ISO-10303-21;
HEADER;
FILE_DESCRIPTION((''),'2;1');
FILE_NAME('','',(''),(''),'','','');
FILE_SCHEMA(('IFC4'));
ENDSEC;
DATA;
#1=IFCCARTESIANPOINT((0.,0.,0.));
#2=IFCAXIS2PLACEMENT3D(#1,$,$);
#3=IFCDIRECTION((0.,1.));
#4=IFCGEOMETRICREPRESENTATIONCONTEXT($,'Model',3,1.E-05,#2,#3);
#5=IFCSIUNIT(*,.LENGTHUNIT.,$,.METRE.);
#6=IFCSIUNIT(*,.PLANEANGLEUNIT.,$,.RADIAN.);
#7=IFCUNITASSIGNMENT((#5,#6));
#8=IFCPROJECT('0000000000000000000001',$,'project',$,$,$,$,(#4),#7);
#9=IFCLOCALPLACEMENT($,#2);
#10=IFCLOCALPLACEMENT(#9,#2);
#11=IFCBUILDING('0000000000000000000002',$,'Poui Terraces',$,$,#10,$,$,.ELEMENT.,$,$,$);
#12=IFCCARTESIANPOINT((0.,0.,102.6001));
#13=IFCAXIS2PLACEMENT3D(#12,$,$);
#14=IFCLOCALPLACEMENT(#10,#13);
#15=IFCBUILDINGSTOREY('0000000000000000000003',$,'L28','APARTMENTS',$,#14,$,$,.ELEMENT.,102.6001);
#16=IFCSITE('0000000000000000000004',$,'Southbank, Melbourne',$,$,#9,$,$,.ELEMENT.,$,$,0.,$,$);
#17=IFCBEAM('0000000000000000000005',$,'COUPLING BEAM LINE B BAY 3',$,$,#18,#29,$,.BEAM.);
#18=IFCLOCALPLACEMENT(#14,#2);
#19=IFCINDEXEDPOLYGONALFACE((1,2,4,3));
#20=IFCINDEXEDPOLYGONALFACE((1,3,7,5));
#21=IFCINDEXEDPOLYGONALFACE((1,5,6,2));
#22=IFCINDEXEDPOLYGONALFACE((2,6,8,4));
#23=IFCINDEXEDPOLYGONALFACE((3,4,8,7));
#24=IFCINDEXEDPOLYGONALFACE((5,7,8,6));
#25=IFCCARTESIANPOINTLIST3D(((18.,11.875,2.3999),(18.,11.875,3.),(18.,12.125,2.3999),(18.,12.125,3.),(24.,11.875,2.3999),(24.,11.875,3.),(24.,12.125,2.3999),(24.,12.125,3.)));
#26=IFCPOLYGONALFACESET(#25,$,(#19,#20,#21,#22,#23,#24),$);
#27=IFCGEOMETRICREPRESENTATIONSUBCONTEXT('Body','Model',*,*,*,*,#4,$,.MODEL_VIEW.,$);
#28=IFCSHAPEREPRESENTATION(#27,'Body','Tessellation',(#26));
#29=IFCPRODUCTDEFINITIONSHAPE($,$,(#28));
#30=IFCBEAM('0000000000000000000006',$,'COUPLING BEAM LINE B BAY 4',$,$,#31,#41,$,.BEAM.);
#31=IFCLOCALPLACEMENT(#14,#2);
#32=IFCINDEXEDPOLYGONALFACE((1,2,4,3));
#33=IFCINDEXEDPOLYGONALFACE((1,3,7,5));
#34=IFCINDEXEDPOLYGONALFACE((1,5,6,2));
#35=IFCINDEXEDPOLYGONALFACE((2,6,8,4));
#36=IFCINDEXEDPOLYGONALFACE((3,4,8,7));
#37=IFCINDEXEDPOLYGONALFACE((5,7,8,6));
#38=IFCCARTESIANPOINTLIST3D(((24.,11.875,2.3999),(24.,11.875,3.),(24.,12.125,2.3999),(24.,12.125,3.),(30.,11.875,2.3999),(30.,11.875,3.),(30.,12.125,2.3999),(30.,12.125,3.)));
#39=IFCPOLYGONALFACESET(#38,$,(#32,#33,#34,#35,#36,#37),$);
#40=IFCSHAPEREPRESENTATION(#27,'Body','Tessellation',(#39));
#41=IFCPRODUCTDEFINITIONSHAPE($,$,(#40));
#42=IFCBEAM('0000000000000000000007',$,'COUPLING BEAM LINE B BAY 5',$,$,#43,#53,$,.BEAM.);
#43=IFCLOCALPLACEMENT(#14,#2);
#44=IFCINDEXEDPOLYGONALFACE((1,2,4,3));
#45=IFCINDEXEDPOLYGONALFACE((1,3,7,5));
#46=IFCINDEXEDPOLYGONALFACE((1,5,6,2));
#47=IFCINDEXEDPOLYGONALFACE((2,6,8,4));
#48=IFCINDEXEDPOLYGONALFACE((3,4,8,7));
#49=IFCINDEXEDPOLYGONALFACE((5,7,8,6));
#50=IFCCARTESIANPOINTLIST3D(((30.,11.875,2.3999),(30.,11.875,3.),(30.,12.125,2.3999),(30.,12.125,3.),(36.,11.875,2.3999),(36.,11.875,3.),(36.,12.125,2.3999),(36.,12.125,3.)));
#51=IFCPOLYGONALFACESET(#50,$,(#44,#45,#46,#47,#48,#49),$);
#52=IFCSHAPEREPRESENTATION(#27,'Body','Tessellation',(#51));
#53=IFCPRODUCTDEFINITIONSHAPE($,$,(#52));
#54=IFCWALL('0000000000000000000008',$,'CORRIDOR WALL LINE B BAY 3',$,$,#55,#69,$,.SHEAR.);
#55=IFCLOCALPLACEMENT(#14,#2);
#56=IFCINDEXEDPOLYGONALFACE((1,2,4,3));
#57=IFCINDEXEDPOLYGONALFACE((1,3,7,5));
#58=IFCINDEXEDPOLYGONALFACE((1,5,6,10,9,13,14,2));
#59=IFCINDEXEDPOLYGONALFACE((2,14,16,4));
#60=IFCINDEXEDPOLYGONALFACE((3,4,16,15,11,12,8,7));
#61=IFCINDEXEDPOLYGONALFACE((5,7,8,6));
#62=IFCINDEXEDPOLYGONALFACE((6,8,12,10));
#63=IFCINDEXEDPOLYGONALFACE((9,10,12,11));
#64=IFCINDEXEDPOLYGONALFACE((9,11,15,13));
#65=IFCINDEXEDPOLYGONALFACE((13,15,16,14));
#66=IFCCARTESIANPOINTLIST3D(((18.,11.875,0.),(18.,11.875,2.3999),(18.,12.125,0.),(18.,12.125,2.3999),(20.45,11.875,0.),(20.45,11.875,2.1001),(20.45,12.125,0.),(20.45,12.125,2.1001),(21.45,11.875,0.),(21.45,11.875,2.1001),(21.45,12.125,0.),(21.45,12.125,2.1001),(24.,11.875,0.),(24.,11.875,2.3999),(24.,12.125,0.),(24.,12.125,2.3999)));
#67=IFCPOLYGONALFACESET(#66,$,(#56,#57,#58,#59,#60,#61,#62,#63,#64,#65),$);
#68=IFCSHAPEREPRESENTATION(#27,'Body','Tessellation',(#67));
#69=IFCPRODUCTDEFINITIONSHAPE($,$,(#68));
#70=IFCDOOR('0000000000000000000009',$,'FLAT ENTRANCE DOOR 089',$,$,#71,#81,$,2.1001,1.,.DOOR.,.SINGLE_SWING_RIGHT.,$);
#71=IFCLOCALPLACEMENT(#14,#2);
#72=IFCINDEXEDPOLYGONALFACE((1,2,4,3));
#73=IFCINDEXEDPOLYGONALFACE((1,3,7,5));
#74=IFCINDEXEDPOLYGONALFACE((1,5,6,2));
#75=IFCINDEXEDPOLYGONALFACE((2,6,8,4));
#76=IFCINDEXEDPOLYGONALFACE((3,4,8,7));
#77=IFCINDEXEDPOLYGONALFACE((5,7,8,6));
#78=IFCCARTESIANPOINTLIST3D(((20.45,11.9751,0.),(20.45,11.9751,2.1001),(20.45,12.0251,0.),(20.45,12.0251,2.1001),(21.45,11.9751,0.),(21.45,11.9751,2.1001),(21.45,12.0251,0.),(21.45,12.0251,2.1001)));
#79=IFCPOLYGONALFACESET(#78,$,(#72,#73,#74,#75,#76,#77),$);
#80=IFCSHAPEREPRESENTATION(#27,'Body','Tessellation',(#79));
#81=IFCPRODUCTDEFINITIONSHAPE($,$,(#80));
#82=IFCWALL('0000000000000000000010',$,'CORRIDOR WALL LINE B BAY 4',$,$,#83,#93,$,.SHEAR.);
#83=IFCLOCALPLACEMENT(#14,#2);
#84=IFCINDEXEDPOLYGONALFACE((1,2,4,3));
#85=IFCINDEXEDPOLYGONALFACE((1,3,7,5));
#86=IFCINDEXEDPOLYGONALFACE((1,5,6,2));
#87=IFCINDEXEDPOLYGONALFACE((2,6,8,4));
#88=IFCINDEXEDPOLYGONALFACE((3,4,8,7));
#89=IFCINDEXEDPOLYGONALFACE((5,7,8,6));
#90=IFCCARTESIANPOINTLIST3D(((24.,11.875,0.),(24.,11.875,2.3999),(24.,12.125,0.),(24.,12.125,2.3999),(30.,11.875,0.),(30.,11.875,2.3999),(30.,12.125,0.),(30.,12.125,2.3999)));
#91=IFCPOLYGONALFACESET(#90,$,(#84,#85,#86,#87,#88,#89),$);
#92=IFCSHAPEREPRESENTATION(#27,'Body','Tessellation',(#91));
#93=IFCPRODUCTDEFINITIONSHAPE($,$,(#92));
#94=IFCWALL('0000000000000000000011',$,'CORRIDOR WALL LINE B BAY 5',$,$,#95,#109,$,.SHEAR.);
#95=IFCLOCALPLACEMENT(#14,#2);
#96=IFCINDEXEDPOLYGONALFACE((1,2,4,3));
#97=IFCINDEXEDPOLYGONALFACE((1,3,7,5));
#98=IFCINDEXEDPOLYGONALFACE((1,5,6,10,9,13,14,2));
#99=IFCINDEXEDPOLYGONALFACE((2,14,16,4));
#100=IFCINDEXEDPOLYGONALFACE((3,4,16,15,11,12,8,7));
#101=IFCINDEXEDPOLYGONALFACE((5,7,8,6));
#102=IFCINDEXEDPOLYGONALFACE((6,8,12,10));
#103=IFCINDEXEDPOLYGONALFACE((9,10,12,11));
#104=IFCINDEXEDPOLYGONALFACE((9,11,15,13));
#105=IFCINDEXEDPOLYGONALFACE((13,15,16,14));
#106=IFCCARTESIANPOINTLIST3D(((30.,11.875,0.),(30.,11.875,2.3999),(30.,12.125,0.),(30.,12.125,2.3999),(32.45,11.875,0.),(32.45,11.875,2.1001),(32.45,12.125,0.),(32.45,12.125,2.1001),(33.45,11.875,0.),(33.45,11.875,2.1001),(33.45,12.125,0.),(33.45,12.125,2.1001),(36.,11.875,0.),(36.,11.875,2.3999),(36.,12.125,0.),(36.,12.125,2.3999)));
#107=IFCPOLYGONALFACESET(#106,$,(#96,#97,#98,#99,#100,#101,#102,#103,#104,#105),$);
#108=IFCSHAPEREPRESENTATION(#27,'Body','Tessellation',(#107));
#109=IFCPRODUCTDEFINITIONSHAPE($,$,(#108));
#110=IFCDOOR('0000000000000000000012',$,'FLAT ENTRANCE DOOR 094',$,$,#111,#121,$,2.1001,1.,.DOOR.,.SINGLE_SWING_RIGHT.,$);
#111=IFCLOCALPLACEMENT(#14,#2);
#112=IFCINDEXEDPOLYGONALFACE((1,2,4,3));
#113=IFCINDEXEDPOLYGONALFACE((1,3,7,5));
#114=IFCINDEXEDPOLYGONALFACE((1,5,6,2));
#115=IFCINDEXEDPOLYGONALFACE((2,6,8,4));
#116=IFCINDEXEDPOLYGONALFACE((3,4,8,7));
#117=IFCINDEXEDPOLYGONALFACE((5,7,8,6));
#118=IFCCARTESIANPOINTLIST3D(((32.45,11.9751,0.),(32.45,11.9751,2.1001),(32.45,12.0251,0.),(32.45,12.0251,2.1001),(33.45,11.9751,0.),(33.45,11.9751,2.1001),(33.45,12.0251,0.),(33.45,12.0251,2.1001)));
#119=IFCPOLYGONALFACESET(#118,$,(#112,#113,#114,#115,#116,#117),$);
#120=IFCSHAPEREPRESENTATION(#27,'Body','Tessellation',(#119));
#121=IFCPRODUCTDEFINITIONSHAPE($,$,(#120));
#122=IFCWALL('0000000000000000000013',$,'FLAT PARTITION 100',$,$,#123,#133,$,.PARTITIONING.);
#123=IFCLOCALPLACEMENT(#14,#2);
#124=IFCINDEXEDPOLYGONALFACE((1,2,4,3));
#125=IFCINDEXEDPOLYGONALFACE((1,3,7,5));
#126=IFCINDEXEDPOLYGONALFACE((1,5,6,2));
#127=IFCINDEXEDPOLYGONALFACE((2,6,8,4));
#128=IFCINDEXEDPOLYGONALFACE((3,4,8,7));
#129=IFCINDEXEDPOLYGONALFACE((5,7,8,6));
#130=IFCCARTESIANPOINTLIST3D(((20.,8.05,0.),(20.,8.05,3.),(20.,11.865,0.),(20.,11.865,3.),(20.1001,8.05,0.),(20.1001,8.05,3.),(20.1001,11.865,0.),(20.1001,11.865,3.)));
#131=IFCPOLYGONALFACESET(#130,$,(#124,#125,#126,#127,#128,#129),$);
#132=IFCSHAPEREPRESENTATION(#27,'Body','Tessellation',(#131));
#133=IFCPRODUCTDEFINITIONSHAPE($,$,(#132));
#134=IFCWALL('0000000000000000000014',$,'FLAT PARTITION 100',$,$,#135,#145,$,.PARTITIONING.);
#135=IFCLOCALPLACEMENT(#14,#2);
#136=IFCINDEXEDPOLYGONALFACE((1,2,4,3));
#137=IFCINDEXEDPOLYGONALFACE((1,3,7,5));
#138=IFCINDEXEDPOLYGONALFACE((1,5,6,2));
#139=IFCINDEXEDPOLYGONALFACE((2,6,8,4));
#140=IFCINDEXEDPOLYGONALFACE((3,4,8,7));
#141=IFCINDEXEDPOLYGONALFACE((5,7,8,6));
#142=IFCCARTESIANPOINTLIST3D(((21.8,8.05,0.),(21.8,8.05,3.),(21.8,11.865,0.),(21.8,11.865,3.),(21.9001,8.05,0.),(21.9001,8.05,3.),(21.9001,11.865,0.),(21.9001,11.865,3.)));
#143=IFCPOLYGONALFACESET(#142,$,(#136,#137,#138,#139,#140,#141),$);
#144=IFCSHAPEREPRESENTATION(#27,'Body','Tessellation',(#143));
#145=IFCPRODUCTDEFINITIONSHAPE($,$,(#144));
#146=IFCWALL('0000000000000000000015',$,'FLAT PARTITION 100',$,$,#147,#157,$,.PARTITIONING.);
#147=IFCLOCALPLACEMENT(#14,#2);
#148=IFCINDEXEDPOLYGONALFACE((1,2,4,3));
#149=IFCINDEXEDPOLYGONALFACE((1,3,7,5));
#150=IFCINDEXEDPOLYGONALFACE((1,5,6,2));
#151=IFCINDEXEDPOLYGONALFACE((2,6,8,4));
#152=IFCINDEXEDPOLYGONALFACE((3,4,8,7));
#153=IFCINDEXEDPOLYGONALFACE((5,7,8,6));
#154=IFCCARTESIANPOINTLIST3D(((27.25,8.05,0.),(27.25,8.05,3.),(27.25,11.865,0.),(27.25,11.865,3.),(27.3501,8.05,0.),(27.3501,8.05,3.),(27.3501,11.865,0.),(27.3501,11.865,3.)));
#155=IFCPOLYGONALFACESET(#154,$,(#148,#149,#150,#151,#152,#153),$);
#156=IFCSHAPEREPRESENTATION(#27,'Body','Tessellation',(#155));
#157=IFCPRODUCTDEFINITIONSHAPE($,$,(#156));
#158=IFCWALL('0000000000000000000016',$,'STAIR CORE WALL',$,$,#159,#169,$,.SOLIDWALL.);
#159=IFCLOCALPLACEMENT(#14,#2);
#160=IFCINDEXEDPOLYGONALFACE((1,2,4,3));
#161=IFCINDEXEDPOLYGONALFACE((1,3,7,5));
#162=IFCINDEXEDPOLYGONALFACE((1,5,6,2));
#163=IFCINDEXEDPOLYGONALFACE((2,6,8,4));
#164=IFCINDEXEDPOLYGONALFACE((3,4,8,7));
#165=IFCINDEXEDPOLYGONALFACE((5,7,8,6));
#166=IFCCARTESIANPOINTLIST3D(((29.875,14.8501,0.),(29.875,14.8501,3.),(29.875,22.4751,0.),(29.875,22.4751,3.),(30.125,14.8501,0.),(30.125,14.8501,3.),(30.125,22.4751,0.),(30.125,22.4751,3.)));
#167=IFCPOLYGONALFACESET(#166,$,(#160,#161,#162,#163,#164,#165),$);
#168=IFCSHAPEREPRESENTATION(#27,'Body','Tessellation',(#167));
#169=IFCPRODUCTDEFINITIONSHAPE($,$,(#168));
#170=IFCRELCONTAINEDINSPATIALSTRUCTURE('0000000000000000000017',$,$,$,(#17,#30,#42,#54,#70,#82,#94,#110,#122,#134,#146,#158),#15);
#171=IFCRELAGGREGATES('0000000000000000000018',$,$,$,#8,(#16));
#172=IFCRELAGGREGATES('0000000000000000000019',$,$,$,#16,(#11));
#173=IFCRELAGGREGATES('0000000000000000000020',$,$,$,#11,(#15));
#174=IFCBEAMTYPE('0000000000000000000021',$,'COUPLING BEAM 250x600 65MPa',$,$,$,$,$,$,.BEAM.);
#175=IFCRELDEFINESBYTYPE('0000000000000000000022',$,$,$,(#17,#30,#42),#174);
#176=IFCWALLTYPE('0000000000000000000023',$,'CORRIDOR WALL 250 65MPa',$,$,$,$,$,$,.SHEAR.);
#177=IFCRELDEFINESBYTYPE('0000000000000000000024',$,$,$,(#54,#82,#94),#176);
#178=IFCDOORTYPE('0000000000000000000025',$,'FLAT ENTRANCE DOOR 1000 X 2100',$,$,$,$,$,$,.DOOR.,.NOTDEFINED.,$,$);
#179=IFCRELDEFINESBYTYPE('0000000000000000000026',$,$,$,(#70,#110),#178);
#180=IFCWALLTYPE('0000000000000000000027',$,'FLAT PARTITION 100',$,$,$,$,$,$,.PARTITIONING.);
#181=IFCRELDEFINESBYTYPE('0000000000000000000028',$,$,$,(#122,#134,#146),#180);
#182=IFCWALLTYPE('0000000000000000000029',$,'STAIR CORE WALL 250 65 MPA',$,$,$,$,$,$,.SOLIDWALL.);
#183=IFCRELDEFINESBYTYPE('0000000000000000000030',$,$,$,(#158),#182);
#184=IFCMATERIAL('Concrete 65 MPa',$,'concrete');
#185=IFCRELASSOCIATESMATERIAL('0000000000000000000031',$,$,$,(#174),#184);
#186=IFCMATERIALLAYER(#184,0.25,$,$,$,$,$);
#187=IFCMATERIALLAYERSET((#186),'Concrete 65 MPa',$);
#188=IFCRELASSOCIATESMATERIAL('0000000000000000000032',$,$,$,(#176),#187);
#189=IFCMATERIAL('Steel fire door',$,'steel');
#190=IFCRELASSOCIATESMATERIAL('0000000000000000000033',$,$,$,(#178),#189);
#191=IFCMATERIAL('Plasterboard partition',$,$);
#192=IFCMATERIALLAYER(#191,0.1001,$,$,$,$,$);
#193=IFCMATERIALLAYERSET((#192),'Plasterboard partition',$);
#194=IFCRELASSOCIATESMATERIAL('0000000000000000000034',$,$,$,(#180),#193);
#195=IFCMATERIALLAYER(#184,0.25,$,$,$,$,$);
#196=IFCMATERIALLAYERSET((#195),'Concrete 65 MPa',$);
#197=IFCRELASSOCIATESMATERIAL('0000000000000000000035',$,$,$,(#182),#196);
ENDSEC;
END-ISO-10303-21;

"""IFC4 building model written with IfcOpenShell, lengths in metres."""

from ifc_helpers import new_model, si_unit, direction, frame, frame_2d, origin, origin_2d, place, context, subcontext, project, spatial, rectangle, extrude, source, transform, mapped, material, layer, layer_set, material_profile, profile_set, type_object, element, fill, save


model = new_model("IFC4")

# Units and contexts
model_context = context("Model", 3, precision=1e-05, world=origin(), true_north=direction((0.0, 1.0)))
body_context = subcontext(model_context, "Body", "Model", "MODEL_VIEW")
ifc_project = project(units=[si_unit("LENGTHUNIT", "METRE"), si_unit("PLANEANGLEUNIT", "RADIAN")], contexts=[model_context])

# Site, building, storey
site_placement = place(None, origin())
site = spatial("IfcSite", under=ifc_project, at=site_placement, Name="Southbank, Melbourne", CompositionType="ELEMENT", RefElevation=0.0)
building_placement = place(site_placement, origin())
building = spatial("IfcBuilding", under=site, at=building_placement, Name="Poui Terraces", CompositionType="ELEMENT")
storey_placement = place(building_placement, frame((0.0, 0.0, 102.6001)))
storey = spatial("IfcBuildingStorey", under=building, at=storey_placement, Name="L28", Description="APARTMENTS", CompositionType="ELEMENT", Elevation=102.6001)

# Beams
ifc_material_1 = material(Name="Concrete 65 MPa", Category="concrete")
ifc_material_profile = material_profile(ifc_material_1, rectangle(XDim=0.25, YDim=0.6001, at=origin_2d()), Name="RC 250x600")
ifc_profile_set = profile_set([ifc_material_profile], Name="Concrete 65 MPa")
beam_type = type_object("IfcBeamType", Name="COUPLING BEAM 250x600 65MPa", PredefinedType="BEAM", material=ifc_profile_set)
shared_shape = source(origin(), body_context, "Body", "SweptSolid", [
    extrude(rectangle(XDim=0.25, YDim=0.6001, at=origin_2d()), origin(), (0.0, 0.0, 1.0), 6.0),
])
for number, where, z_axis, x_axis, name in (
    (1, (18.0, 12.0, 2.7), (1.0, 0.0, 0.0), (0.0, 1.0, 0.0), "COUPLING BEAM LINE B BAY 3"),
    (2, (24.0, 12.0, 2.7), (1.0, 0.0, 0.0), (0.0, 1.0, 0.0), "COUPLING BEAM LINE B BAY 4"),
    (3, (30.0, 12.0, 2.7), (1.0, 0.0, 0.0), (0.0, 1.0, 0.0), "COUPLING BEAM LINE B BAY 5"),
):
    element("IfcBeam", number, at=place(storey_placement, frame(where, z_axis=z_axis, x_axis=x_axis)), inside=storey, type_object=beam_type, Name=name, PredefinedType="BEAM", context=body_context, shape_type="MappedRepresentation", body=[
        mapped(shared_shape, transform((0.0, 0.0, 0.0))),
    ])

# Wall, opening, door
ifc_layer_1 = layer(ifc_material_1, 0.25)
ifc_layer_set_1 = layer_set([ifc_layer_1], Name="Concrete 65 MPa")
wall_type_1 = type_object("IfcWallType", Name="CORRIDOR WALL 250 65MPa", PredefinedType="SHEAR", material=ifc_layer_set_1)
wall_1_placement = place(storey_placement, frame((18.0, 12.0, 0.0), z_axis=(0.0, 0.0, 1.0), x_axis=(1.0, 0.0, 0.0)))
wall_1 = element("IfcWall", 4, at=wall_1_placement, inside=storey, type_object=wall_type_1, Name="CORRIDOR WALL LINE B BAY 3", PredefinedType="SHEAR", context=body_context, shape_type="SweptSolid", body=[
    extrude(rectangle(XDim=6.0, YDim=0.25, at=frame_2d((3.0, 0.0))), origin(), (0.0, 0.0, 1.0), 2.3999),
])
opening_1_placement = place(wall_1_placement, frame((2.45, 0.0, 0.0)))
opening_1 = element("IfcOpeningElement", 5, at=opening_1_placement, cuts=wall_1, PredefinedType="OPENING", context=body_context, shape_type="SweptSolid", body=[
    extrude(rectangle(XDim=1.0, YDim=2.1001, at=frame_2d((0.5, 1.05))), frame((0.0, 0.135, 0.0), z_axis=(0.0, -1.0, 0.0), x_axis=(1.0, 0.0, 0.0)), (0.0, 0.0, 1.0), 0.27),
])
ifc_material_2 = material(Name="Steel fire door", Category="steel")
door_type_1 = type_object("IfcDoorType", Name="FLAT ENTRANCE DOOR 1000 X 2100", OperationType="NOTDEFINED", PredefinedType="DOOR", material=ifc_material_2)
door_1_placement = place(opening_1_placement, frame((1.0, 0.0, 0.0), z_axis=(0.0, 0.0, 1.0), x_axis=(-1.0, 0.0, 0.0)))
door_1 = element("IfcDoor", 6, at=door_1_placement, inside=storey, type_object=door_type_1, Name="FLAT ENTRANCE DOOR 089", OperationType="SINGLE_SWING_RIGHT", OverallHeight=2.1001, OverallWidth=1.0, PredefinedType="DOOR", context=body_context, shape_type="SweptSolid", body=[
    extrude(rectangle(XDim=1.0, YDim=2.1001, at=frame_2d((0.5, 1.05))), frame((0.0, 0.0249, 0.0), z_axis=(0.0, -1.0, 0.0), x_axis=(1.0, 0.0, 0.0)), (0.0, 0.0, 1.0), 0.05),
])
fill(opening_1, door_1)

# Wall
wall_2_placement = place(storey_placement, frame((24.0, 12.0, 0.0), z_axis=(0.0, 0.0, 1.0), x_axis=(1.0, 0.0, 0.0)))
element("IfcWall", 7, at=wall_2_placement, inside=storey, type_object=wall_type_1, Name="CORRIDOR WALL LINE B BAY 4", PredefinedType="SHEAR", context=body_context, shape_type="SweptSolid", body=[
    extrude(rectangle(XDim=6.0, YDim=0.25, at=frame_2d((3.0, 0.0))), origin(), (0.0, 0.0, 1.0), 2.3999),
])

# Wall, opening, door
wall_3_placement = place(storey_placement, frame((30.0, 12.0, 0.0), z_axis=(0.0, 0.0, 1.0), x_axis=(1.0, 0.0, 0.0)))
wall_3 = element("IfcWall", 8, at=wall_3_placement, inside=storey, type_object=wall_type_1, Name="CORRIDOR WALL LINE B BAY 5", PredefinedType="SHEAR", context=body_context, shape_type="SweptSolid", body=[
    extrude(rectangle(XDim=6.0, YDim=0.25, at=frame_2d((3.0, 0.0))), origin(), (0.0, 0.0, 1.0), 2.3999),
])
opening_2_placement = place(wall_3_placement, frame((2.45, 0.0, 0.0)))
opening_2 = element("IfcOpeningElement", 9, at=opening_2_placement, cuts=wall_3, PredefinedType="OPENING", context=body_context, shape_type="SweptSolid", body=[
    extrude(rectangle(XDim=1.0, YDim=2.1001, at=frame_2d((0.5, 1.05))), frame((0.0, 0.135, 0.0), z_axis=(0.0, -1.0, 0.0), x_axis=(1.0, 0.0, 0.0)), (0.0, 0.0, 1.0), 0.27),
])
door_2_placement = place(opening_2_placement, frame((1.0, 0.0, 0.0), z_axis=(0.0, 0.0, 1.0), x_axis=(-1.0, 0.0, 0.0)))
door_2 = element("IfcDoor", 10, at=door_2_placement, inside=storey, type_object=door_type_1, Name="FLAT ENTRANCE DOOR 094", OperationType="SINGLE_SWING_RIGHT", OverallHeight=2.1001, OverallWidth=1.0, PredefinedType="DOOR", context=body_context, shape_type="SweptSolid", body=[
    extrude(rectangle(XDim=1.0, YDim=2.1001, at=frame_2d((0.5, 1.05))), frame((0.0, 0.0249, 0.0), z_axis=(0.0, -1.0, 0.0), x_axis=(1.0, 0.0, 0.0)), (0.0, 0.0, 1.0), 0.05),
])
fill(opening_2, door_2)

# Walls
ifc_material_3 = material(Name="Plasterboard partition")
ifc_layer_2 = layer(ifc_material_3, 0.1001)
ifc_layer_set_2 = layer_set([ifc_layer_2], Name="Plasterboard partition")
wall_type_2 = type_object("IfcWallType", Name="FLAT PARTITION 100", PredefinedType="PARTITIONING", material=ifc_layer_set_2)
for number, where, z_axis, x_axis, name in (
    (11, (20.05, 8.05, 0.0), (0.0, 0.0, 1.0), (0.0, 1.0, 0.0), "FLAT PARTITION 100"),
    (12, (21.8501, 8.05, 0.0), (0.0, 0.0, 1.0), (0.0, 1.0, 0.0), "FLAT PARTITION 100"),
    (13, (27.3, 8.05, 0.0), (0.0, 0.0, 1.0), (0.0, 1.0, 0.0), "FLAT PARTITION 100"),
):
    element("IfcWall", number, at=place(storey_placement, frame(where, z_axis=z_axis, x_axis=x_axis)), inside=storey, type_object=wall_type_2, Name=name, PredefinedType="PARTITIONING", context=body_context, shape_type="SweptSolid", body=[
        extrude(rectangle(XDim=3.8149, YDim=0.1001, at=frame_2d((1.9075, 0.0))), origin(), (0.0, 0.0, 1.0), 3.0),
    ])
ifc_layer_3 = layer(ifc_material_1, 0.25)
ifc_layer_set_3 = layer_set([ifc_layer_3], Name="Concrete 65 MPa")
wall_type_3 = type_object("IfcWallType", Name="STAIR CORE WALL 250 65 MPA", PredefinedType="SOLIDWALL", material=ifc_layer_set_3)
wall_4_placement = place(storey_placement, frame((30.0, 14.8501, 0.0), z_axis=(0.0, 0.0, 1.0), x_axis=(0.0, 1.0, 0.0)))
element("IfcWall", 14, at=wall_4_placement, inside=storey, type_object=wall_type_3, Name="STAIR CORE WALL", PredefinedType="SOLIDWALL", context=body_context, shape_type="SweptSolid", body=[
    extrude(rectangle(XDim=7.625, YDim=0.25, at=frame_2d((3.8125, 0.0))), origin(), (0.0, 0.0, 1.0), 3.0),
])

save(model, "model.ifc")
